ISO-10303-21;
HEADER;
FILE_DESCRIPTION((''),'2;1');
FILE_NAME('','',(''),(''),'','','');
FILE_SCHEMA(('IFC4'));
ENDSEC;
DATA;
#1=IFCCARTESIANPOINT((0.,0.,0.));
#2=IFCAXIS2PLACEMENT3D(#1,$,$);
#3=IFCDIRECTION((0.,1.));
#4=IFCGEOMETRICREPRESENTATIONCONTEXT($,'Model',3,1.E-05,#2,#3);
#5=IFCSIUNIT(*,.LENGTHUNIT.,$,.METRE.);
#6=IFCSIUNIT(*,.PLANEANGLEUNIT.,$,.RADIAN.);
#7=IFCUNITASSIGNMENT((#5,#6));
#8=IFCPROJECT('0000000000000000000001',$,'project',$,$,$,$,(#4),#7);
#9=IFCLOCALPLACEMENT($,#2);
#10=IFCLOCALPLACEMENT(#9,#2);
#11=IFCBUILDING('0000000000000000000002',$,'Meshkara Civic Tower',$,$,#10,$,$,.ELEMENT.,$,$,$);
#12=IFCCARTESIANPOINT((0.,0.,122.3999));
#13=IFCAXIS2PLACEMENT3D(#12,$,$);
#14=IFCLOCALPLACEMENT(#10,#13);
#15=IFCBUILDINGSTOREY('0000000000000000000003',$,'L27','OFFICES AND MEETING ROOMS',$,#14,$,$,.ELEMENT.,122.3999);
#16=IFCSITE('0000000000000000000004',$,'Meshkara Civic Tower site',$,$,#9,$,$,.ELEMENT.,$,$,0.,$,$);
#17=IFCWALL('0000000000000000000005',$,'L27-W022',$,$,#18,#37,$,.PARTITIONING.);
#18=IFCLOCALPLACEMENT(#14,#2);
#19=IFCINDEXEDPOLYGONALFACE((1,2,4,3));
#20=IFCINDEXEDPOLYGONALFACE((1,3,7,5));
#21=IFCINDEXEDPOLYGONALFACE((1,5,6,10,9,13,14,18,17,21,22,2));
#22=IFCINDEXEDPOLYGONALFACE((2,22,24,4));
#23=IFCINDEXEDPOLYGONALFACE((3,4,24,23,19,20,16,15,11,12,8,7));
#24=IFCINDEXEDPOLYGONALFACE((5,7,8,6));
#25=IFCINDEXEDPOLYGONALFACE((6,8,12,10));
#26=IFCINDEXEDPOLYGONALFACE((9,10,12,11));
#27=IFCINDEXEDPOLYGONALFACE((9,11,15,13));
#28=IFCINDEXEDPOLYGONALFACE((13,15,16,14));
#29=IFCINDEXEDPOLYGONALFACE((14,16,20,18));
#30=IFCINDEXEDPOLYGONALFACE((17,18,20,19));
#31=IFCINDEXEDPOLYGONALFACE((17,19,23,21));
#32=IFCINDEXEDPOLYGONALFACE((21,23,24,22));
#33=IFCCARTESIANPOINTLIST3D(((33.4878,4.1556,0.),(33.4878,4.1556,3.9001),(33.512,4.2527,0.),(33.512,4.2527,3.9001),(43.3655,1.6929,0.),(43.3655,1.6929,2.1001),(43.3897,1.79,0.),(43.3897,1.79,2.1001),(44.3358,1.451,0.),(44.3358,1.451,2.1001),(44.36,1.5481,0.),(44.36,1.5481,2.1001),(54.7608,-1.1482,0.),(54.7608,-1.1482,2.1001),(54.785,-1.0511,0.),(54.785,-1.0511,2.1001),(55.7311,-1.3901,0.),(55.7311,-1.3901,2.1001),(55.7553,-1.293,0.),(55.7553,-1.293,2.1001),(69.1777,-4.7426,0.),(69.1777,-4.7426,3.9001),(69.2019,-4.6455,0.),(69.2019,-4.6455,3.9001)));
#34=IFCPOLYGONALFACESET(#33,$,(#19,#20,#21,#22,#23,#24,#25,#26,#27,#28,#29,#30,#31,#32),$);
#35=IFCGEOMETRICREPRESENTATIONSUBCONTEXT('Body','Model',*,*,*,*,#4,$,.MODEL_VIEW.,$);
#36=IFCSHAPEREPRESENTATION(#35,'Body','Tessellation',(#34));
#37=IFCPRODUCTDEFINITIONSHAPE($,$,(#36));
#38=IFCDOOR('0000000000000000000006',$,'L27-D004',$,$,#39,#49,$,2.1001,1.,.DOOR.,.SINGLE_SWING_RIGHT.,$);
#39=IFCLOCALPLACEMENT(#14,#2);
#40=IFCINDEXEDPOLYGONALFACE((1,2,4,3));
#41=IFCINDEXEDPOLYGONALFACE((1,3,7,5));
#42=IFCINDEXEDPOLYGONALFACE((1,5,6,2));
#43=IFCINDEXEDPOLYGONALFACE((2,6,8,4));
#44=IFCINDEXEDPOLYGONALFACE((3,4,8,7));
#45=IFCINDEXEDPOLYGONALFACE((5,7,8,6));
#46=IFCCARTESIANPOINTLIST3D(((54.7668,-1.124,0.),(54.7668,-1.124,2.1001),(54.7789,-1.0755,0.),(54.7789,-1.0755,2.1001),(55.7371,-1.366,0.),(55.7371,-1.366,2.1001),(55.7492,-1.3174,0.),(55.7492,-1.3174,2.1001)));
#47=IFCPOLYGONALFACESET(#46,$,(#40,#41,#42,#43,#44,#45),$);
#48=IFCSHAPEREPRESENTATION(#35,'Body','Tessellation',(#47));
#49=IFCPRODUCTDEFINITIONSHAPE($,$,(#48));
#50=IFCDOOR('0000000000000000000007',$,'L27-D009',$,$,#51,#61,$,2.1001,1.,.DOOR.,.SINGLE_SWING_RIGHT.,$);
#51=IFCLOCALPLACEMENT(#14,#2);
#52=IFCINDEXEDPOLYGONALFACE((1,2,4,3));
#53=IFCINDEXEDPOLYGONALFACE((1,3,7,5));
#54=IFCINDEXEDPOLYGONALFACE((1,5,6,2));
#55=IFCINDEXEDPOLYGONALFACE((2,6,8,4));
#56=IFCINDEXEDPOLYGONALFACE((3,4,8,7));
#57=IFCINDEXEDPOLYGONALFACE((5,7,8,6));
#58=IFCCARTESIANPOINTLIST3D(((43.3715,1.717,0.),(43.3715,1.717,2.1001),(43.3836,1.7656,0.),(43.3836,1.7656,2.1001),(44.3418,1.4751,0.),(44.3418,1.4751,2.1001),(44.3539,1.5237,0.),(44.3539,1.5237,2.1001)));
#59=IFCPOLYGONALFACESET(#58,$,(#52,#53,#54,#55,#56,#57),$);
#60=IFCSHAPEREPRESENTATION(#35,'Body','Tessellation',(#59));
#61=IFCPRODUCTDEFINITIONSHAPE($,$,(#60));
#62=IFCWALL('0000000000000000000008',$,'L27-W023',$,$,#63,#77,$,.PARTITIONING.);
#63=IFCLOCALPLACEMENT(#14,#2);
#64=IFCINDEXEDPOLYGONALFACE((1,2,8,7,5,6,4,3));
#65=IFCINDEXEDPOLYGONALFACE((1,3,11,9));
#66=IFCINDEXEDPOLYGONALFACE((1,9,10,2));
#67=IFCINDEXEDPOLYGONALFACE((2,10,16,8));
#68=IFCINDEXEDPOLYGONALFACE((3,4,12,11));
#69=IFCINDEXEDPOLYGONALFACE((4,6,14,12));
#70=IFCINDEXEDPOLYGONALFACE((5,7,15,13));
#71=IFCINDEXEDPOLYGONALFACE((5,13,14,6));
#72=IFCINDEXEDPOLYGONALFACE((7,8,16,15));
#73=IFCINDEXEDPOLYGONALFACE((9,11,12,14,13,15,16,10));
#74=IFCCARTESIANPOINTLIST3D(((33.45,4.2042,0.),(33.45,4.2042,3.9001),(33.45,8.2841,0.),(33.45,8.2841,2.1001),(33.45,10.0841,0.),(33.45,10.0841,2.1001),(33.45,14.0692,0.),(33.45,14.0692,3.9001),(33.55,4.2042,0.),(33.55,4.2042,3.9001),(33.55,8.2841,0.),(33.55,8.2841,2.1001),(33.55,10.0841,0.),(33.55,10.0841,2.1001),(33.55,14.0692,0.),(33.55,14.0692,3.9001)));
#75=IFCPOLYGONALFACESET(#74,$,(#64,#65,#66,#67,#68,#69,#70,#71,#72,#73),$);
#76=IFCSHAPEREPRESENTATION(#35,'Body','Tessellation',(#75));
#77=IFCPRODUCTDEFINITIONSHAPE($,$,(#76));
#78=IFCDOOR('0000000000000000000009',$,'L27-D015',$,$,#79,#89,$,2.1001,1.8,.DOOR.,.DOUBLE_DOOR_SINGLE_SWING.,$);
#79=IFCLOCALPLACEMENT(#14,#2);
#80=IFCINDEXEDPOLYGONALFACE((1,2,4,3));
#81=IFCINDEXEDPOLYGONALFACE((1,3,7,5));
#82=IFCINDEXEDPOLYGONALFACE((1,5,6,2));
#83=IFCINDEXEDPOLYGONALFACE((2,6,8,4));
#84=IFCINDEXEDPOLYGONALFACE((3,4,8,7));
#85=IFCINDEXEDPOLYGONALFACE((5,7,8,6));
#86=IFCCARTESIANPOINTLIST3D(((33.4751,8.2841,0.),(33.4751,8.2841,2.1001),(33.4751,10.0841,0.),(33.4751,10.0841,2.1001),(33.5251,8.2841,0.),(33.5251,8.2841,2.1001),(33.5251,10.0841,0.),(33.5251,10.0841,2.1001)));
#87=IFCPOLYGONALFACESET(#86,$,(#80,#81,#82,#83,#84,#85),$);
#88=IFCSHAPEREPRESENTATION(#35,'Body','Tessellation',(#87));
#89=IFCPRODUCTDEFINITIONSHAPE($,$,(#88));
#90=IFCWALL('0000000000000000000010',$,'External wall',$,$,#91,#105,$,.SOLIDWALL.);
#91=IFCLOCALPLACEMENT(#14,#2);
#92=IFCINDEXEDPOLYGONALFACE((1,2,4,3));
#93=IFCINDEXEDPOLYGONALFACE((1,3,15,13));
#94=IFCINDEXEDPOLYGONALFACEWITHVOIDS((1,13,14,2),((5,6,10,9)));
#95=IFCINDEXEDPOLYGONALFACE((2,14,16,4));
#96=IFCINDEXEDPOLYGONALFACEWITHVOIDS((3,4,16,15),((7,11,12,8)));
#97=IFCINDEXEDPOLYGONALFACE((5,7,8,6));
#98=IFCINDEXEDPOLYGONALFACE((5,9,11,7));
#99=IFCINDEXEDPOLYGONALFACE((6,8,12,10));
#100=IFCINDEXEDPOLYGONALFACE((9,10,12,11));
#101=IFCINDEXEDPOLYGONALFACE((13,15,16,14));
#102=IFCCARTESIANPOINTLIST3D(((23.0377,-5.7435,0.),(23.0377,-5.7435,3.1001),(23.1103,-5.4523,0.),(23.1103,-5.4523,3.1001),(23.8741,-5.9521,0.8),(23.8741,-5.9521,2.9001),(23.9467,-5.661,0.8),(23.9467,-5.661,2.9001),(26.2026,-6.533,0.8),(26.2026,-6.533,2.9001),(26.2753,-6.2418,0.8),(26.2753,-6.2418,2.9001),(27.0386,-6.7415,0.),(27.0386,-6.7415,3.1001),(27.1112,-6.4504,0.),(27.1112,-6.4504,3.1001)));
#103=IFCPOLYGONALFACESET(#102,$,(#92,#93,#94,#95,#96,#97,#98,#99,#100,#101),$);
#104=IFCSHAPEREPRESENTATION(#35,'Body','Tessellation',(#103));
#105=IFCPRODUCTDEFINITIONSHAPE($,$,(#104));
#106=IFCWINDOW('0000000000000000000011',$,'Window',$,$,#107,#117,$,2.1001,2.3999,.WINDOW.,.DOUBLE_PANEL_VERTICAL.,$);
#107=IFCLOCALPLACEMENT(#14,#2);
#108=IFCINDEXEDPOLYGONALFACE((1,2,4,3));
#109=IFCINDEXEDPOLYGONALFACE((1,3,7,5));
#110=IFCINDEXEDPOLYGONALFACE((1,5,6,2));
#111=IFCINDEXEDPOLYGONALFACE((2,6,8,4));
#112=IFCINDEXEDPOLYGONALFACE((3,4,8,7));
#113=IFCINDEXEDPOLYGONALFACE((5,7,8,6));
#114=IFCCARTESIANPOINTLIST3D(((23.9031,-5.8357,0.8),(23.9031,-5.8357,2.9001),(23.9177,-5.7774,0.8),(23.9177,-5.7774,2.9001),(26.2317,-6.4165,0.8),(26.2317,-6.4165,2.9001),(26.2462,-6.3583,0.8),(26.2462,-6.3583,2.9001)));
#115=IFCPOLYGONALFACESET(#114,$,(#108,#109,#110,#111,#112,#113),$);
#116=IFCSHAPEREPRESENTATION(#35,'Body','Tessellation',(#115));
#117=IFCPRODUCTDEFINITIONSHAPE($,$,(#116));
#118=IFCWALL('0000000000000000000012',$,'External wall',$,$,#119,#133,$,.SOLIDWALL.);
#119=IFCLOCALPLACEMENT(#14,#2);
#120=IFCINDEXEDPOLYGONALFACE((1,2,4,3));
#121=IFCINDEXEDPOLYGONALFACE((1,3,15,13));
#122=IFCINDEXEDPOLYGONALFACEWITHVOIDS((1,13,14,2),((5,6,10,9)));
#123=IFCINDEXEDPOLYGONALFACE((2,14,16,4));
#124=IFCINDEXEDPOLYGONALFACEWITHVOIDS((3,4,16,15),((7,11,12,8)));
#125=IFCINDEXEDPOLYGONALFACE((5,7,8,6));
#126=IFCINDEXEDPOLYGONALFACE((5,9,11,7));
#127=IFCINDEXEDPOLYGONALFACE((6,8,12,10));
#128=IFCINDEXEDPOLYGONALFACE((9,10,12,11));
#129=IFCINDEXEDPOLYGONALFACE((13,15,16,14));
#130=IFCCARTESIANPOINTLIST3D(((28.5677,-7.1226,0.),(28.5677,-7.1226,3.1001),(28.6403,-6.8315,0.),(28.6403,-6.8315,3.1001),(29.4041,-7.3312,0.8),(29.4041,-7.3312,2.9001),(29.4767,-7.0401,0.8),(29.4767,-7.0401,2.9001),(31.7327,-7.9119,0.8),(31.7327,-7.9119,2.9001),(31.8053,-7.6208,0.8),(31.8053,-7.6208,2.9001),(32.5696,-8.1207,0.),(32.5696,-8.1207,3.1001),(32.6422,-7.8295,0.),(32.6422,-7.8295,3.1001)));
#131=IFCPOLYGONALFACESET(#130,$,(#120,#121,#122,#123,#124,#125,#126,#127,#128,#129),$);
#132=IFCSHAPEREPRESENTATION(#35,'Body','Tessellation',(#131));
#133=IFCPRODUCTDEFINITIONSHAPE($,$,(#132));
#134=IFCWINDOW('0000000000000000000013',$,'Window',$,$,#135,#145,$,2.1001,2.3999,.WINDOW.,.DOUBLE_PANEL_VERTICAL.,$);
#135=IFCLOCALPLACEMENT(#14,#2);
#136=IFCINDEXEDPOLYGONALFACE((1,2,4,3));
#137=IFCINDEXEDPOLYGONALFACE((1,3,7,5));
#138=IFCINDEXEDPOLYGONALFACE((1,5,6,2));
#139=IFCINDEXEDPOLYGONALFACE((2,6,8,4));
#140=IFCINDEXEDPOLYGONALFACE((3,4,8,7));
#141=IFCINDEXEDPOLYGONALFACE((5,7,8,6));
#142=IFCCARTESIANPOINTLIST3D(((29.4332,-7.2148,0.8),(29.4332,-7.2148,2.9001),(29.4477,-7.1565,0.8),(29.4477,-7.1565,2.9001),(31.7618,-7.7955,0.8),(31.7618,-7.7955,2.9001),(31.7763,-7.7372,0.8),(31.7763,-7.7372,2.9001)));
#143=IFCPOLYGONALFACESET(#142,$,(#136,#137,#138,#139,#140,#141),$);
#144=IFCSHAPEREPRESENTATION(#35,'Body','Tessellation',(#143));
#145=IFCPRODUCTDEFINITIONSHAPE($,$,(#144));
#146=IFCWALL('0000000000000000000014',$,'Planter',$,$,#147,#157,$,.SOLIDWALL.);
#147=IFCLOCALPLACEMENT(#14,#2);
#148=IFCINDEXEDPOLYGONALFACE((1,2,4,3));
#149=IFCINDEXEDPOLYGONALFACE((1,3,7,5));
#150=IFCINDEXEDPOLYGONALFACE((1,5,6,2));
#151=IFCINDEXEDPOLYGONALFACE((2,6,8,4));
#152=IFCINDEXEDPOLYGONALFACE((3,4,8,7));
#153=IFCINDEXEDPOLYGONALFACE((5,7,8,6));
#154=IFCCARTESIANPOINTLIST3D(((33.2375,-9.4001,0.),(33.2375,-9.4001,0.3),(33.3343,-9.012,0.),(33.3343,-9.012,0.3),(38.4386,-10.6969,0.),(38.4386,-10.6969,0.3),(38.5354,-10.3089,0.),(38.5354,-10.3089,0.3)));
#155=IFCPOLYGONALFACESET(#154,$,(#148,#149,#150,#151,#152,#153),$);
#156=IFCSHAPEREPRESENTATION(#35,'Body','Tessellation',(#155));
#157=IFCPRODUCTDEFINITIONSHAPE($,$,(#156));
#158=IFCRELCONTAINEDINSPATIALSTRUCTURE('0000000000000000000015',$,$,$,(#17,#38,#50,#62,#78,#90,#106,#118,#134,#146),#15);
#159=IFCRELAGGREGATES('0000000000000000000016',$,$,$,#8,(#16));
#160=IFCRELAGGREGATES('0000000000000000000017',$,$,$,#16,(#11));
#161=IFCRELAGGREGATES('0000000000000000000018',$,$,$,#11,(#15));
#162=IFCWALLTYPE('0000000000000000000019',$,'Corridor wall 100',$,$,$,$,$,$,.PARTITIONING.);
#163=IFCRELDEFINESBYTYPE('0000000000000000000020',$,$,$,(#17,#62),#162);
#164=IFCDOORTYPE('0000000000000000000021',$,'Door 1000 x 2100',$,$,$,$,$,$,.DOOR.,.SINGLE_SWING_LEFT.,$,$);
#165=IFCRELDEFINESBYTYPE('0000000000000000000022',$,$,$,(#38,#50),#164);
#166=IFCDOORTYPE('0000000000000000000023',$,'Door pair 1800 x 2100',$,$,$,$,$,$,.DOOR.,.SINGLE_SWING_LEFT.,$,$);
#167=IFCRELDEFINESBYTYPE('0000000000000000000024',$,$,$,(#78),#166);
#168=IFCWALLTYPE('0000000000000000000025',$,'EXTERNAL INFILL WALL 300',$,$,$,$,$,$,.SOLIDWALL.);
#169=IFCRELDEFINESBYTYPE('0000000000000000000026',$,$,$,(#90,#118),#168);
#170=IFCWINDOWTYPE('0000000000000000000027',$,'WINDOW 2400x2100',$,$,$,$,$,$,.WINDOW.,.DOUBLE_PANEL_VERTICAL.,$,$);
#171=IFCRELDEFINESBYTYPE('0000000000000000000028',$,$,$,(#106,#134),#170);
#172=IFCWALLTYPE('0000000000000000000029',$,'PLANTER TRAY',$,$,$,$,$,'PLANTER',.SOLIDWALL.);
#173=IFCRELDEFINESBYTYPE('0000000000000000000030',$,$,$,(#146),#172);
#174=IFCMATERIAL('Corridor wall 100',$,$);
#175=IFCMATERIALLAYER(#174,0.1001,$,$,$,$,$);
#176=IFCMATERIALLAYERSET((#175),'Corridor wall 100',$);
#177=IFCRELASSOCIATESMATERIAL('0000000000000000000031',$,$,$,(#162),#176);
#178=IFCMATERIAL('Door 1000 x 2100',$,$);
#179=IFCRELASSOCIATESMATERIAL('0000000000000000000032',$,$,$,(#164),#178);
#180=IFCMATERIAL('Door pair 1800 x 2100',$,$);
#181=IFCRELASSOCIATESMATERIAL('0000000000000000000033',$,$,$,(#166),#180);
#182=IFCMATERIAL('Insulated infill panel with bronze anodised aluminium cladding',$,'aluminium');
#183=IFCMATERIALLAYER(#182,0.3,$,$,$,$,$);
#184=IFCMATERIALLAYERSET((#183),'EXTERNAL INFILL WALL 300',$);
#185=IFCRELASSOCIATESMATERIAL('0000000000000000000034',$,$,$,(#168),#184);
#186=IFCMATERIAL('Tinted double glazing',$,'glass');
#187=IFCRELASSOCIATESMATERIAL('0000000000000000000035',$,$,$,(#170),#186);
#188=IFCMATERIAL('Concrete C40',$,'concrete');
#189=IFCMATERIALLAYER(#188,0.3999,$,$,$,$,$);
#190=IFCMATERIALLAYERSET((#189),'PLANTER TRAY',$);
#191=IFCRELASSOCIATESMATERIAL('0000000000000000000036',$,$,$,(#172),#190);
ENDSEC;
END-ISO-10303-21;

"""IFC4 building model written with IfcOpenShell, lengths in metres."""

from ifc_helpers import new_model, si_unit, direction, frame, frame_2d, origin, place, context, subcontext, project, spatial, rectangle, extrude, material, layer, layer_set, type_object, element, fill, save


model = new_model("IFC4")

# Units and contexts
model_context = context("Model", 3, precision=1e-05, world=origin(), true_north=direction((0.0, 1.0)))
body_context = subcontext(model_context, "Body", "Model", "MODEL_VIEW")
ifc_project = project(units=[si_unit("LENGTHUNIT", "METRE"), si_unit("PLANEANGLEUNIT", "RADIAN")], contexts=[model_context])

# Site, building, storey
site_placement = place(None, origin())
site = spatial("IfcSite", under=ifc_project, at=site_placement, Name="Meshkara Civic Tower site", CompositionType="ELEMENT", RefElevation=0.0)
building_placement = place(site_placement, origin())
building = spatial("IfcBuilding", under=site, at=building_placement, Name="Meshkara Civic Tower", CompositionType="ELEMENT")
storey_placement = place(building_placement, frame((0.0, 0.0, 122.3999)))
storey = spatial("IfcBuildingStorey", under=building, at=storey_placement, Name="L27", Description="OFFICES AND MEETING ROOMS", CompositionType="ELEMENT", Elevation=122.3999)

# Shared definitions
ifc_material_1 = material(Name="Corridor wall 100")
ifc_layer_1 = layer(ifc_material_1, 0.1001)
ifc_layer_set_1 = layer_set([ifc_layer_1], Name="Corridor wall 100")
wall_type_1 = type_object("IfcWallType", Name="Corridor wall 100", PredefinedType="PARTITIONING", material=ifc_layer_set_1)
ifc_material_2 = material(Name="Door 1000 x 2100")
door_type_1 = type_object("IfcDoorType", Name="Door 1000 x 2100", OperationType="SINGLE_SWING_LEFT", PredefinedType="DOOR", material=ifc_material_2)

# Wall, openings, doors
wall_1_placement = place(storey_placement, frame((33.5, 4.2041, 0.0), z_axis=(0.0, 0.0, 1.0), x_axis=(0.970298, -0.241914, 0.0)))
wall_1 = element("IfcWall", 1, at=wall_1_placement, inside=storey, type_object=wall_type_1, Name="L27-W022", PredefinedType="PARTITIONING", context=body_context, shape_type="SweptSolid", body=[
    extrude(rectangle(XDim=36.7825, YDim=0.1001, at=frame_2d((18.3911, 0.0))), origin(), (0.0, 0.0, 1.0), 3.9001),
])
opening_1_placement = place(wall_1_placement, frame((21.9241, 0.0, 0.0)))
opening_1 = element("IfcOpeningElement", 2, at=opening_1_placement, cuts=wall_1, PredefinedType="OPENING", context=body_context, shape_type="SweptSolid", body=[
    extrude(rectangle(XDim=1.0, YDim=2.1001, at=frame_2d((0.5, 1.05))), frame((0.0, 0.0601, 0.0), z_axis=(0.0, -1.0, 0.0), x_axis=(1.0, 0.0, 0.0)), (0.0, 0.0, 1.0), 0.1201),
])
opening_2_placement = place(wall_1_placement, frame((10.1799, 0.0, 0.0)))
opening_2 = element("IfcOpeningElement", 3, at=opening_2_placement, cuts=wall_1, PredefinedType="OPENING", context=body_context, shape_type="SweptSolid", body=[
    extrude(rectangle(XDim=1.0, YDim=2.1001, at=frame_2d((0.5, 1.05))), frame((0.0, 0.0601, 0.0), z_axis=(0.0, -1.0, 0.0), x_axis=(1.0, 0.0, 0.0)), (0.0, 0.0, 1.0), 0.1201),
])
door_1_placement = place(opening_1_placement, origin())
door_1 = element("IfcDoor", 4, at=door_1_placement, inside=storey, type_object=door_type_1, Name="L27-D004", OperationType="SINGLE_SWING_RIGHT", OverallHeight=2.1001, OverallWidth=1.0, PredefinedType="DOOR", context=body_context, shape_type="SweptSolid", body=[
    extrude(rectangle(XDim=1.0, YDim=2.1001, at=frame_2d((0.5, 1.05))), frame((0.0, 0.0249, 0.0), z_axis=(0.0, -1.0, 0.0), x_axis=(1.0, 0.0, 0.0)), (0.0, 0.0, 1.0), 0.05),
])
fill(opening_1, door_1)
door_2_placement = place(opening_2_placement, origin())
door_2 = element("IfcDoor", 5, at=door_2_placement, inside=storey, type_object=door_type_1, Name="L27-D009", OperationType="SINGLE_SWING_RIGHT", OverallHeight=2.1001, OverallWidth=1.0, PredefinedType="DOOR", context=body_context, shape_type="SweptSolid", body=[
    extrude(rectangle(XDim=1.0, YDim=2.1001, at=frame_2d((0.5, 1.05))), frame((0.0, 0.0249, 0.0), z_axis=(0.0, -1.0, 0.0), x_axis=(1.0, 0.0, 0.0)), (0.0, 0.0, 1.0), 0.05),
])
fill(opening_2, door_2)

# Wall, opening, door
wall_2_placement = place(storey_placement, frame((33.5, 4.2041, 0.0), z_axis=(0.0, 0.0, 1.0), x_axis=(0.0, 1.0, 0.0)))
wall_2 = element("IfcWall", 6, at=wall_2_placement, inside=storey, type_object=wall_type_1, Name="L27-W023", PredefinedType="PARTITIONING", context=body_context, shape_type="SweptSolid", body=[
    extrude(rectangle(XDim=9.865, YDim=0.1001, at=frame_2d((4.9326, 0.0))), origin(), (0.0, 0.0, 1.0), 3.9001),
])
opening_3_placement = place(wall_2_placement, frame((4.0801, 0.0, 0.0)))
opening_3 = element("IfcOpeningElement", 7, at=opening_3_placement, cuts=wall_2, PredefinedType="OPENING", context=body_context, shape_type="SweptSolid", body=[
    extrude(rectangle(XDim=1.8, YDim=2.1001, at=frame_2d((0.8999, 1.05))), frame((0.0, 0.0601, 0.0), z_axis=(0.0, -1.0, 0.0), x_axis=(1.0, 0.0, 0.0)), (0.0, 0.0, 1.0), 0.1201),
])
ifc_material_3 = material(Name="Door pair 1800 x 2100")
door_type_2 = type_object("IfcDoorType", Name="Door pair 1800 x 2100", OperationType="SINGLE_SWING_LEFT", PredefinedType="DOOR", material=ifc_material_3)
door_3_placement = place(opening_3_placement, origin())
door_3 = element("IfcDoor", 8, at=door_3_placement, inside=storey, type_object=door_type_2, Name="L27-D015", OperationType="DOUBLE_DOOR_SINGLE_SWING", OverallHeight=2.1001, OverallWidth=1.8, PredefinedType="DOOR", context=body_context, shape_type="SweptSolid", body=[
    extrude(rectangle(XDim=1.8, YDim=2.1001, at=frame_2d((0.8999, 1.05))), frame((0.0, 0.0249, 0.0), z_axis=(0.0, -1.0, 0.0), x_axis=(1.0, 0.0, 0.0)), (0.0, 0.0, 1.0), 0.05),
])
fill(opening_3, door_3)

# Walls, openings, windows
ifc_material_4 = material(Name="Insulated infill panel with bronze anodised aluminium cladding", Category="aluminium")
ifc_layer_2 = layer(ifc_material_4, 0.3)
ifc_layer_set_2 = layer_set([ifc_layer_2], Name="EXTERNAL INFILL WALL 300")
wall_type_2 = type_object("IfcWallType", Name="EXTERNAL INFILL WALL 300", PredefinedType="SOLIDWALL", material=ifc_layer_set_2)
wall_3_placement = place(storey_placement, frame((23.074, -5.5979, 0.0), z_axis=(0.0, 0.0, 1.0), x_axis=(0.970268, -0.242034, 0.0)))
wall_3 = element("IfcWall", 9, at=wall_3_placement, inside=storey, type_object=wall_type_2, Name="External wall", PredefinedType="SOLIDWALL", context=body_context, shape_type="SweptSolid", body=[
    extrude(rectangle(XDim=4.1235, YDim=0.3, at=frame_2d((2.0618, 0.0))), origin(), (0.0, 0.0, 1.0), 3.1001),
])
opening_4_placement = place(wall_3_placement, frame((0.8621, 0.0, 0.8)))
opening_4 = element("IfcOpeningElement", 10, at=opening_4_placement, cuts=wall_3, PredefinedType="OPENING", context=body_context, shape_type="SweptSolid", body=[
    extrude(rectangle(XDim=2.3999, YDim=2.1001, at=frame_2d((1.2, 1.05))), frame((0.0, 0.1599, 0.0), z_axis=(0.0, -1.0, 0.0), x_axis=(1.0, 0.0, 0.0)), (0.0, 0.0, 1.0), 0.3201),
])
ifc_material_5 = material(Name="Tinted double glazing", Category="glass")
window_type = type_object("IfcWindowType", Name="WINDOW 2400x2100", PartitioningType="DOUBLE_PANEL_VERTICAL", PredefinedType="WINDOW", material=ifc_material_5)
window_1_placement = place(opening_4_placement, origin())
window_1 = element("IfcWindow", 11, at=window_1_placement, inside=storey, type_object=window_type, Name="Window", OverallHeight=2.1001, OverallWidth=2.3999, PartitioningType="DOUBLE_PANEL_VERTICAL", PredefinedType="WINDOW", context=body_context, shape_type="SweptSolid", body=[
    extrude(rectangle(XDim=2.3999, YDim=2.1001, at=frame_2d((1.2, 1.05))), frame((0.0, 0.03, 0.0), z_axis=(0.0, -1.0, 0.0), x_axis=(1.0, 0.0, 0.0)), (0.0, 0.0, 1.0), 0.0601),
])
fill(opening_4, window_1)
wall_4_placement = place(storey_placement, frame((28.604, -6.9771, 0.0), z_axis=(0.0, 0.0, 1.0), x_axis=(0.970282, -0.241978, 0.0)))
wall_4 = element("IfcWall", 12, at=wall_4_placement, inside=storey, type_object=wall_type_2, Name="External wall", PredefinedType="SOLIDWALL", context=body_context, shape_type="SweptSolid", body=[
    extrude(rectangle(XDim=4.1245, YDim=0.3, at=frame_2d((2.0623, 0.0))), origin(), (0.0, 0.0, 1.0), 3.1001),
])
opening_5_placement = place(wall_4_placement, frame((0.8621, 0.0, 0.8)))
opening_5 = element("IfcOpeningElement", 13, at=opening_5_placement, cuts=wall_4, PredefinedType="OPENING", context=body_context, shape_type="SweptSolid", body=[
    extrude(rectangle(XDim=2.3999, YDim=2.1001, at=frame_2d((1.2, 1.05))), frame((0.0, 0.1599, 0.0), z_axis=(0.0, -1.0, 0.0), x_axis=(1.0, 0.0, 0.0)), (0.0, 0.0, 1.0), 0.3201),
])
window_2_placement = place(opening_5_placement, origin())
window_2 = element("IfcWindow", 14, at=window_2_placement, inside=storey, type_object=window_type, Name="Window", OverallHeight=2.1001, OverallWidth=2.3999, PartitioningType="DOUBLE_PANEL_VERTICAL", PredefinedType="WINDOW", context=body_context, shape_type="SweptSolid", body=[
    extrude(rectangle(XDim=2.3999, YDim=2.1001, at=frame_2d((1.2, 1.05))), frame((0.0, 0.03, 0.0), z_axis=(0.0, -1.0, 0.0), x_axis=(1.0, 0.0, 0.0)), (0.0, 0.0, 1.0), 0.0601),
])
fill(opening_5, window_2)

# Wall
ifc_material_6 = material(Name="Concrete C40", Category="concrete")
ifc_layer_3 = layer(ifc_material_6, 0.3999)
ifc_layer_set_3 = layer_set([ifc_layer_3], Name="PLANTER TRAY")
wall_type_3 = type_object("IfcWallType", Name="PLANTER TRAY", ElementType="PLANTER", PredefinedType="SOLIDWALL", material=ifc_layer_set_3)
wall_5_placement = place(storey_placement, frame((33.2859, -9.2061, 0.0), z_axis=(0.0, 0.0, 1.0), x_axis=(0.970292, -0.241935, 0.0)))
element("IfcWall", 15, at=wall_5_placement, inside=storey, type_object=wall_type_3, Name="Planter", PredefinedType="SOLIDWALL", context=body_context, shape_type="SweptSolid", body=[
    extrude(rectangle(XDim=5.3604, YDim=0.3999, at=frame_2d((2.6802, 0.0))), origin(), (0.0, 0.0, 1.0), 0.3),
])

save(model, "model.ifc")
